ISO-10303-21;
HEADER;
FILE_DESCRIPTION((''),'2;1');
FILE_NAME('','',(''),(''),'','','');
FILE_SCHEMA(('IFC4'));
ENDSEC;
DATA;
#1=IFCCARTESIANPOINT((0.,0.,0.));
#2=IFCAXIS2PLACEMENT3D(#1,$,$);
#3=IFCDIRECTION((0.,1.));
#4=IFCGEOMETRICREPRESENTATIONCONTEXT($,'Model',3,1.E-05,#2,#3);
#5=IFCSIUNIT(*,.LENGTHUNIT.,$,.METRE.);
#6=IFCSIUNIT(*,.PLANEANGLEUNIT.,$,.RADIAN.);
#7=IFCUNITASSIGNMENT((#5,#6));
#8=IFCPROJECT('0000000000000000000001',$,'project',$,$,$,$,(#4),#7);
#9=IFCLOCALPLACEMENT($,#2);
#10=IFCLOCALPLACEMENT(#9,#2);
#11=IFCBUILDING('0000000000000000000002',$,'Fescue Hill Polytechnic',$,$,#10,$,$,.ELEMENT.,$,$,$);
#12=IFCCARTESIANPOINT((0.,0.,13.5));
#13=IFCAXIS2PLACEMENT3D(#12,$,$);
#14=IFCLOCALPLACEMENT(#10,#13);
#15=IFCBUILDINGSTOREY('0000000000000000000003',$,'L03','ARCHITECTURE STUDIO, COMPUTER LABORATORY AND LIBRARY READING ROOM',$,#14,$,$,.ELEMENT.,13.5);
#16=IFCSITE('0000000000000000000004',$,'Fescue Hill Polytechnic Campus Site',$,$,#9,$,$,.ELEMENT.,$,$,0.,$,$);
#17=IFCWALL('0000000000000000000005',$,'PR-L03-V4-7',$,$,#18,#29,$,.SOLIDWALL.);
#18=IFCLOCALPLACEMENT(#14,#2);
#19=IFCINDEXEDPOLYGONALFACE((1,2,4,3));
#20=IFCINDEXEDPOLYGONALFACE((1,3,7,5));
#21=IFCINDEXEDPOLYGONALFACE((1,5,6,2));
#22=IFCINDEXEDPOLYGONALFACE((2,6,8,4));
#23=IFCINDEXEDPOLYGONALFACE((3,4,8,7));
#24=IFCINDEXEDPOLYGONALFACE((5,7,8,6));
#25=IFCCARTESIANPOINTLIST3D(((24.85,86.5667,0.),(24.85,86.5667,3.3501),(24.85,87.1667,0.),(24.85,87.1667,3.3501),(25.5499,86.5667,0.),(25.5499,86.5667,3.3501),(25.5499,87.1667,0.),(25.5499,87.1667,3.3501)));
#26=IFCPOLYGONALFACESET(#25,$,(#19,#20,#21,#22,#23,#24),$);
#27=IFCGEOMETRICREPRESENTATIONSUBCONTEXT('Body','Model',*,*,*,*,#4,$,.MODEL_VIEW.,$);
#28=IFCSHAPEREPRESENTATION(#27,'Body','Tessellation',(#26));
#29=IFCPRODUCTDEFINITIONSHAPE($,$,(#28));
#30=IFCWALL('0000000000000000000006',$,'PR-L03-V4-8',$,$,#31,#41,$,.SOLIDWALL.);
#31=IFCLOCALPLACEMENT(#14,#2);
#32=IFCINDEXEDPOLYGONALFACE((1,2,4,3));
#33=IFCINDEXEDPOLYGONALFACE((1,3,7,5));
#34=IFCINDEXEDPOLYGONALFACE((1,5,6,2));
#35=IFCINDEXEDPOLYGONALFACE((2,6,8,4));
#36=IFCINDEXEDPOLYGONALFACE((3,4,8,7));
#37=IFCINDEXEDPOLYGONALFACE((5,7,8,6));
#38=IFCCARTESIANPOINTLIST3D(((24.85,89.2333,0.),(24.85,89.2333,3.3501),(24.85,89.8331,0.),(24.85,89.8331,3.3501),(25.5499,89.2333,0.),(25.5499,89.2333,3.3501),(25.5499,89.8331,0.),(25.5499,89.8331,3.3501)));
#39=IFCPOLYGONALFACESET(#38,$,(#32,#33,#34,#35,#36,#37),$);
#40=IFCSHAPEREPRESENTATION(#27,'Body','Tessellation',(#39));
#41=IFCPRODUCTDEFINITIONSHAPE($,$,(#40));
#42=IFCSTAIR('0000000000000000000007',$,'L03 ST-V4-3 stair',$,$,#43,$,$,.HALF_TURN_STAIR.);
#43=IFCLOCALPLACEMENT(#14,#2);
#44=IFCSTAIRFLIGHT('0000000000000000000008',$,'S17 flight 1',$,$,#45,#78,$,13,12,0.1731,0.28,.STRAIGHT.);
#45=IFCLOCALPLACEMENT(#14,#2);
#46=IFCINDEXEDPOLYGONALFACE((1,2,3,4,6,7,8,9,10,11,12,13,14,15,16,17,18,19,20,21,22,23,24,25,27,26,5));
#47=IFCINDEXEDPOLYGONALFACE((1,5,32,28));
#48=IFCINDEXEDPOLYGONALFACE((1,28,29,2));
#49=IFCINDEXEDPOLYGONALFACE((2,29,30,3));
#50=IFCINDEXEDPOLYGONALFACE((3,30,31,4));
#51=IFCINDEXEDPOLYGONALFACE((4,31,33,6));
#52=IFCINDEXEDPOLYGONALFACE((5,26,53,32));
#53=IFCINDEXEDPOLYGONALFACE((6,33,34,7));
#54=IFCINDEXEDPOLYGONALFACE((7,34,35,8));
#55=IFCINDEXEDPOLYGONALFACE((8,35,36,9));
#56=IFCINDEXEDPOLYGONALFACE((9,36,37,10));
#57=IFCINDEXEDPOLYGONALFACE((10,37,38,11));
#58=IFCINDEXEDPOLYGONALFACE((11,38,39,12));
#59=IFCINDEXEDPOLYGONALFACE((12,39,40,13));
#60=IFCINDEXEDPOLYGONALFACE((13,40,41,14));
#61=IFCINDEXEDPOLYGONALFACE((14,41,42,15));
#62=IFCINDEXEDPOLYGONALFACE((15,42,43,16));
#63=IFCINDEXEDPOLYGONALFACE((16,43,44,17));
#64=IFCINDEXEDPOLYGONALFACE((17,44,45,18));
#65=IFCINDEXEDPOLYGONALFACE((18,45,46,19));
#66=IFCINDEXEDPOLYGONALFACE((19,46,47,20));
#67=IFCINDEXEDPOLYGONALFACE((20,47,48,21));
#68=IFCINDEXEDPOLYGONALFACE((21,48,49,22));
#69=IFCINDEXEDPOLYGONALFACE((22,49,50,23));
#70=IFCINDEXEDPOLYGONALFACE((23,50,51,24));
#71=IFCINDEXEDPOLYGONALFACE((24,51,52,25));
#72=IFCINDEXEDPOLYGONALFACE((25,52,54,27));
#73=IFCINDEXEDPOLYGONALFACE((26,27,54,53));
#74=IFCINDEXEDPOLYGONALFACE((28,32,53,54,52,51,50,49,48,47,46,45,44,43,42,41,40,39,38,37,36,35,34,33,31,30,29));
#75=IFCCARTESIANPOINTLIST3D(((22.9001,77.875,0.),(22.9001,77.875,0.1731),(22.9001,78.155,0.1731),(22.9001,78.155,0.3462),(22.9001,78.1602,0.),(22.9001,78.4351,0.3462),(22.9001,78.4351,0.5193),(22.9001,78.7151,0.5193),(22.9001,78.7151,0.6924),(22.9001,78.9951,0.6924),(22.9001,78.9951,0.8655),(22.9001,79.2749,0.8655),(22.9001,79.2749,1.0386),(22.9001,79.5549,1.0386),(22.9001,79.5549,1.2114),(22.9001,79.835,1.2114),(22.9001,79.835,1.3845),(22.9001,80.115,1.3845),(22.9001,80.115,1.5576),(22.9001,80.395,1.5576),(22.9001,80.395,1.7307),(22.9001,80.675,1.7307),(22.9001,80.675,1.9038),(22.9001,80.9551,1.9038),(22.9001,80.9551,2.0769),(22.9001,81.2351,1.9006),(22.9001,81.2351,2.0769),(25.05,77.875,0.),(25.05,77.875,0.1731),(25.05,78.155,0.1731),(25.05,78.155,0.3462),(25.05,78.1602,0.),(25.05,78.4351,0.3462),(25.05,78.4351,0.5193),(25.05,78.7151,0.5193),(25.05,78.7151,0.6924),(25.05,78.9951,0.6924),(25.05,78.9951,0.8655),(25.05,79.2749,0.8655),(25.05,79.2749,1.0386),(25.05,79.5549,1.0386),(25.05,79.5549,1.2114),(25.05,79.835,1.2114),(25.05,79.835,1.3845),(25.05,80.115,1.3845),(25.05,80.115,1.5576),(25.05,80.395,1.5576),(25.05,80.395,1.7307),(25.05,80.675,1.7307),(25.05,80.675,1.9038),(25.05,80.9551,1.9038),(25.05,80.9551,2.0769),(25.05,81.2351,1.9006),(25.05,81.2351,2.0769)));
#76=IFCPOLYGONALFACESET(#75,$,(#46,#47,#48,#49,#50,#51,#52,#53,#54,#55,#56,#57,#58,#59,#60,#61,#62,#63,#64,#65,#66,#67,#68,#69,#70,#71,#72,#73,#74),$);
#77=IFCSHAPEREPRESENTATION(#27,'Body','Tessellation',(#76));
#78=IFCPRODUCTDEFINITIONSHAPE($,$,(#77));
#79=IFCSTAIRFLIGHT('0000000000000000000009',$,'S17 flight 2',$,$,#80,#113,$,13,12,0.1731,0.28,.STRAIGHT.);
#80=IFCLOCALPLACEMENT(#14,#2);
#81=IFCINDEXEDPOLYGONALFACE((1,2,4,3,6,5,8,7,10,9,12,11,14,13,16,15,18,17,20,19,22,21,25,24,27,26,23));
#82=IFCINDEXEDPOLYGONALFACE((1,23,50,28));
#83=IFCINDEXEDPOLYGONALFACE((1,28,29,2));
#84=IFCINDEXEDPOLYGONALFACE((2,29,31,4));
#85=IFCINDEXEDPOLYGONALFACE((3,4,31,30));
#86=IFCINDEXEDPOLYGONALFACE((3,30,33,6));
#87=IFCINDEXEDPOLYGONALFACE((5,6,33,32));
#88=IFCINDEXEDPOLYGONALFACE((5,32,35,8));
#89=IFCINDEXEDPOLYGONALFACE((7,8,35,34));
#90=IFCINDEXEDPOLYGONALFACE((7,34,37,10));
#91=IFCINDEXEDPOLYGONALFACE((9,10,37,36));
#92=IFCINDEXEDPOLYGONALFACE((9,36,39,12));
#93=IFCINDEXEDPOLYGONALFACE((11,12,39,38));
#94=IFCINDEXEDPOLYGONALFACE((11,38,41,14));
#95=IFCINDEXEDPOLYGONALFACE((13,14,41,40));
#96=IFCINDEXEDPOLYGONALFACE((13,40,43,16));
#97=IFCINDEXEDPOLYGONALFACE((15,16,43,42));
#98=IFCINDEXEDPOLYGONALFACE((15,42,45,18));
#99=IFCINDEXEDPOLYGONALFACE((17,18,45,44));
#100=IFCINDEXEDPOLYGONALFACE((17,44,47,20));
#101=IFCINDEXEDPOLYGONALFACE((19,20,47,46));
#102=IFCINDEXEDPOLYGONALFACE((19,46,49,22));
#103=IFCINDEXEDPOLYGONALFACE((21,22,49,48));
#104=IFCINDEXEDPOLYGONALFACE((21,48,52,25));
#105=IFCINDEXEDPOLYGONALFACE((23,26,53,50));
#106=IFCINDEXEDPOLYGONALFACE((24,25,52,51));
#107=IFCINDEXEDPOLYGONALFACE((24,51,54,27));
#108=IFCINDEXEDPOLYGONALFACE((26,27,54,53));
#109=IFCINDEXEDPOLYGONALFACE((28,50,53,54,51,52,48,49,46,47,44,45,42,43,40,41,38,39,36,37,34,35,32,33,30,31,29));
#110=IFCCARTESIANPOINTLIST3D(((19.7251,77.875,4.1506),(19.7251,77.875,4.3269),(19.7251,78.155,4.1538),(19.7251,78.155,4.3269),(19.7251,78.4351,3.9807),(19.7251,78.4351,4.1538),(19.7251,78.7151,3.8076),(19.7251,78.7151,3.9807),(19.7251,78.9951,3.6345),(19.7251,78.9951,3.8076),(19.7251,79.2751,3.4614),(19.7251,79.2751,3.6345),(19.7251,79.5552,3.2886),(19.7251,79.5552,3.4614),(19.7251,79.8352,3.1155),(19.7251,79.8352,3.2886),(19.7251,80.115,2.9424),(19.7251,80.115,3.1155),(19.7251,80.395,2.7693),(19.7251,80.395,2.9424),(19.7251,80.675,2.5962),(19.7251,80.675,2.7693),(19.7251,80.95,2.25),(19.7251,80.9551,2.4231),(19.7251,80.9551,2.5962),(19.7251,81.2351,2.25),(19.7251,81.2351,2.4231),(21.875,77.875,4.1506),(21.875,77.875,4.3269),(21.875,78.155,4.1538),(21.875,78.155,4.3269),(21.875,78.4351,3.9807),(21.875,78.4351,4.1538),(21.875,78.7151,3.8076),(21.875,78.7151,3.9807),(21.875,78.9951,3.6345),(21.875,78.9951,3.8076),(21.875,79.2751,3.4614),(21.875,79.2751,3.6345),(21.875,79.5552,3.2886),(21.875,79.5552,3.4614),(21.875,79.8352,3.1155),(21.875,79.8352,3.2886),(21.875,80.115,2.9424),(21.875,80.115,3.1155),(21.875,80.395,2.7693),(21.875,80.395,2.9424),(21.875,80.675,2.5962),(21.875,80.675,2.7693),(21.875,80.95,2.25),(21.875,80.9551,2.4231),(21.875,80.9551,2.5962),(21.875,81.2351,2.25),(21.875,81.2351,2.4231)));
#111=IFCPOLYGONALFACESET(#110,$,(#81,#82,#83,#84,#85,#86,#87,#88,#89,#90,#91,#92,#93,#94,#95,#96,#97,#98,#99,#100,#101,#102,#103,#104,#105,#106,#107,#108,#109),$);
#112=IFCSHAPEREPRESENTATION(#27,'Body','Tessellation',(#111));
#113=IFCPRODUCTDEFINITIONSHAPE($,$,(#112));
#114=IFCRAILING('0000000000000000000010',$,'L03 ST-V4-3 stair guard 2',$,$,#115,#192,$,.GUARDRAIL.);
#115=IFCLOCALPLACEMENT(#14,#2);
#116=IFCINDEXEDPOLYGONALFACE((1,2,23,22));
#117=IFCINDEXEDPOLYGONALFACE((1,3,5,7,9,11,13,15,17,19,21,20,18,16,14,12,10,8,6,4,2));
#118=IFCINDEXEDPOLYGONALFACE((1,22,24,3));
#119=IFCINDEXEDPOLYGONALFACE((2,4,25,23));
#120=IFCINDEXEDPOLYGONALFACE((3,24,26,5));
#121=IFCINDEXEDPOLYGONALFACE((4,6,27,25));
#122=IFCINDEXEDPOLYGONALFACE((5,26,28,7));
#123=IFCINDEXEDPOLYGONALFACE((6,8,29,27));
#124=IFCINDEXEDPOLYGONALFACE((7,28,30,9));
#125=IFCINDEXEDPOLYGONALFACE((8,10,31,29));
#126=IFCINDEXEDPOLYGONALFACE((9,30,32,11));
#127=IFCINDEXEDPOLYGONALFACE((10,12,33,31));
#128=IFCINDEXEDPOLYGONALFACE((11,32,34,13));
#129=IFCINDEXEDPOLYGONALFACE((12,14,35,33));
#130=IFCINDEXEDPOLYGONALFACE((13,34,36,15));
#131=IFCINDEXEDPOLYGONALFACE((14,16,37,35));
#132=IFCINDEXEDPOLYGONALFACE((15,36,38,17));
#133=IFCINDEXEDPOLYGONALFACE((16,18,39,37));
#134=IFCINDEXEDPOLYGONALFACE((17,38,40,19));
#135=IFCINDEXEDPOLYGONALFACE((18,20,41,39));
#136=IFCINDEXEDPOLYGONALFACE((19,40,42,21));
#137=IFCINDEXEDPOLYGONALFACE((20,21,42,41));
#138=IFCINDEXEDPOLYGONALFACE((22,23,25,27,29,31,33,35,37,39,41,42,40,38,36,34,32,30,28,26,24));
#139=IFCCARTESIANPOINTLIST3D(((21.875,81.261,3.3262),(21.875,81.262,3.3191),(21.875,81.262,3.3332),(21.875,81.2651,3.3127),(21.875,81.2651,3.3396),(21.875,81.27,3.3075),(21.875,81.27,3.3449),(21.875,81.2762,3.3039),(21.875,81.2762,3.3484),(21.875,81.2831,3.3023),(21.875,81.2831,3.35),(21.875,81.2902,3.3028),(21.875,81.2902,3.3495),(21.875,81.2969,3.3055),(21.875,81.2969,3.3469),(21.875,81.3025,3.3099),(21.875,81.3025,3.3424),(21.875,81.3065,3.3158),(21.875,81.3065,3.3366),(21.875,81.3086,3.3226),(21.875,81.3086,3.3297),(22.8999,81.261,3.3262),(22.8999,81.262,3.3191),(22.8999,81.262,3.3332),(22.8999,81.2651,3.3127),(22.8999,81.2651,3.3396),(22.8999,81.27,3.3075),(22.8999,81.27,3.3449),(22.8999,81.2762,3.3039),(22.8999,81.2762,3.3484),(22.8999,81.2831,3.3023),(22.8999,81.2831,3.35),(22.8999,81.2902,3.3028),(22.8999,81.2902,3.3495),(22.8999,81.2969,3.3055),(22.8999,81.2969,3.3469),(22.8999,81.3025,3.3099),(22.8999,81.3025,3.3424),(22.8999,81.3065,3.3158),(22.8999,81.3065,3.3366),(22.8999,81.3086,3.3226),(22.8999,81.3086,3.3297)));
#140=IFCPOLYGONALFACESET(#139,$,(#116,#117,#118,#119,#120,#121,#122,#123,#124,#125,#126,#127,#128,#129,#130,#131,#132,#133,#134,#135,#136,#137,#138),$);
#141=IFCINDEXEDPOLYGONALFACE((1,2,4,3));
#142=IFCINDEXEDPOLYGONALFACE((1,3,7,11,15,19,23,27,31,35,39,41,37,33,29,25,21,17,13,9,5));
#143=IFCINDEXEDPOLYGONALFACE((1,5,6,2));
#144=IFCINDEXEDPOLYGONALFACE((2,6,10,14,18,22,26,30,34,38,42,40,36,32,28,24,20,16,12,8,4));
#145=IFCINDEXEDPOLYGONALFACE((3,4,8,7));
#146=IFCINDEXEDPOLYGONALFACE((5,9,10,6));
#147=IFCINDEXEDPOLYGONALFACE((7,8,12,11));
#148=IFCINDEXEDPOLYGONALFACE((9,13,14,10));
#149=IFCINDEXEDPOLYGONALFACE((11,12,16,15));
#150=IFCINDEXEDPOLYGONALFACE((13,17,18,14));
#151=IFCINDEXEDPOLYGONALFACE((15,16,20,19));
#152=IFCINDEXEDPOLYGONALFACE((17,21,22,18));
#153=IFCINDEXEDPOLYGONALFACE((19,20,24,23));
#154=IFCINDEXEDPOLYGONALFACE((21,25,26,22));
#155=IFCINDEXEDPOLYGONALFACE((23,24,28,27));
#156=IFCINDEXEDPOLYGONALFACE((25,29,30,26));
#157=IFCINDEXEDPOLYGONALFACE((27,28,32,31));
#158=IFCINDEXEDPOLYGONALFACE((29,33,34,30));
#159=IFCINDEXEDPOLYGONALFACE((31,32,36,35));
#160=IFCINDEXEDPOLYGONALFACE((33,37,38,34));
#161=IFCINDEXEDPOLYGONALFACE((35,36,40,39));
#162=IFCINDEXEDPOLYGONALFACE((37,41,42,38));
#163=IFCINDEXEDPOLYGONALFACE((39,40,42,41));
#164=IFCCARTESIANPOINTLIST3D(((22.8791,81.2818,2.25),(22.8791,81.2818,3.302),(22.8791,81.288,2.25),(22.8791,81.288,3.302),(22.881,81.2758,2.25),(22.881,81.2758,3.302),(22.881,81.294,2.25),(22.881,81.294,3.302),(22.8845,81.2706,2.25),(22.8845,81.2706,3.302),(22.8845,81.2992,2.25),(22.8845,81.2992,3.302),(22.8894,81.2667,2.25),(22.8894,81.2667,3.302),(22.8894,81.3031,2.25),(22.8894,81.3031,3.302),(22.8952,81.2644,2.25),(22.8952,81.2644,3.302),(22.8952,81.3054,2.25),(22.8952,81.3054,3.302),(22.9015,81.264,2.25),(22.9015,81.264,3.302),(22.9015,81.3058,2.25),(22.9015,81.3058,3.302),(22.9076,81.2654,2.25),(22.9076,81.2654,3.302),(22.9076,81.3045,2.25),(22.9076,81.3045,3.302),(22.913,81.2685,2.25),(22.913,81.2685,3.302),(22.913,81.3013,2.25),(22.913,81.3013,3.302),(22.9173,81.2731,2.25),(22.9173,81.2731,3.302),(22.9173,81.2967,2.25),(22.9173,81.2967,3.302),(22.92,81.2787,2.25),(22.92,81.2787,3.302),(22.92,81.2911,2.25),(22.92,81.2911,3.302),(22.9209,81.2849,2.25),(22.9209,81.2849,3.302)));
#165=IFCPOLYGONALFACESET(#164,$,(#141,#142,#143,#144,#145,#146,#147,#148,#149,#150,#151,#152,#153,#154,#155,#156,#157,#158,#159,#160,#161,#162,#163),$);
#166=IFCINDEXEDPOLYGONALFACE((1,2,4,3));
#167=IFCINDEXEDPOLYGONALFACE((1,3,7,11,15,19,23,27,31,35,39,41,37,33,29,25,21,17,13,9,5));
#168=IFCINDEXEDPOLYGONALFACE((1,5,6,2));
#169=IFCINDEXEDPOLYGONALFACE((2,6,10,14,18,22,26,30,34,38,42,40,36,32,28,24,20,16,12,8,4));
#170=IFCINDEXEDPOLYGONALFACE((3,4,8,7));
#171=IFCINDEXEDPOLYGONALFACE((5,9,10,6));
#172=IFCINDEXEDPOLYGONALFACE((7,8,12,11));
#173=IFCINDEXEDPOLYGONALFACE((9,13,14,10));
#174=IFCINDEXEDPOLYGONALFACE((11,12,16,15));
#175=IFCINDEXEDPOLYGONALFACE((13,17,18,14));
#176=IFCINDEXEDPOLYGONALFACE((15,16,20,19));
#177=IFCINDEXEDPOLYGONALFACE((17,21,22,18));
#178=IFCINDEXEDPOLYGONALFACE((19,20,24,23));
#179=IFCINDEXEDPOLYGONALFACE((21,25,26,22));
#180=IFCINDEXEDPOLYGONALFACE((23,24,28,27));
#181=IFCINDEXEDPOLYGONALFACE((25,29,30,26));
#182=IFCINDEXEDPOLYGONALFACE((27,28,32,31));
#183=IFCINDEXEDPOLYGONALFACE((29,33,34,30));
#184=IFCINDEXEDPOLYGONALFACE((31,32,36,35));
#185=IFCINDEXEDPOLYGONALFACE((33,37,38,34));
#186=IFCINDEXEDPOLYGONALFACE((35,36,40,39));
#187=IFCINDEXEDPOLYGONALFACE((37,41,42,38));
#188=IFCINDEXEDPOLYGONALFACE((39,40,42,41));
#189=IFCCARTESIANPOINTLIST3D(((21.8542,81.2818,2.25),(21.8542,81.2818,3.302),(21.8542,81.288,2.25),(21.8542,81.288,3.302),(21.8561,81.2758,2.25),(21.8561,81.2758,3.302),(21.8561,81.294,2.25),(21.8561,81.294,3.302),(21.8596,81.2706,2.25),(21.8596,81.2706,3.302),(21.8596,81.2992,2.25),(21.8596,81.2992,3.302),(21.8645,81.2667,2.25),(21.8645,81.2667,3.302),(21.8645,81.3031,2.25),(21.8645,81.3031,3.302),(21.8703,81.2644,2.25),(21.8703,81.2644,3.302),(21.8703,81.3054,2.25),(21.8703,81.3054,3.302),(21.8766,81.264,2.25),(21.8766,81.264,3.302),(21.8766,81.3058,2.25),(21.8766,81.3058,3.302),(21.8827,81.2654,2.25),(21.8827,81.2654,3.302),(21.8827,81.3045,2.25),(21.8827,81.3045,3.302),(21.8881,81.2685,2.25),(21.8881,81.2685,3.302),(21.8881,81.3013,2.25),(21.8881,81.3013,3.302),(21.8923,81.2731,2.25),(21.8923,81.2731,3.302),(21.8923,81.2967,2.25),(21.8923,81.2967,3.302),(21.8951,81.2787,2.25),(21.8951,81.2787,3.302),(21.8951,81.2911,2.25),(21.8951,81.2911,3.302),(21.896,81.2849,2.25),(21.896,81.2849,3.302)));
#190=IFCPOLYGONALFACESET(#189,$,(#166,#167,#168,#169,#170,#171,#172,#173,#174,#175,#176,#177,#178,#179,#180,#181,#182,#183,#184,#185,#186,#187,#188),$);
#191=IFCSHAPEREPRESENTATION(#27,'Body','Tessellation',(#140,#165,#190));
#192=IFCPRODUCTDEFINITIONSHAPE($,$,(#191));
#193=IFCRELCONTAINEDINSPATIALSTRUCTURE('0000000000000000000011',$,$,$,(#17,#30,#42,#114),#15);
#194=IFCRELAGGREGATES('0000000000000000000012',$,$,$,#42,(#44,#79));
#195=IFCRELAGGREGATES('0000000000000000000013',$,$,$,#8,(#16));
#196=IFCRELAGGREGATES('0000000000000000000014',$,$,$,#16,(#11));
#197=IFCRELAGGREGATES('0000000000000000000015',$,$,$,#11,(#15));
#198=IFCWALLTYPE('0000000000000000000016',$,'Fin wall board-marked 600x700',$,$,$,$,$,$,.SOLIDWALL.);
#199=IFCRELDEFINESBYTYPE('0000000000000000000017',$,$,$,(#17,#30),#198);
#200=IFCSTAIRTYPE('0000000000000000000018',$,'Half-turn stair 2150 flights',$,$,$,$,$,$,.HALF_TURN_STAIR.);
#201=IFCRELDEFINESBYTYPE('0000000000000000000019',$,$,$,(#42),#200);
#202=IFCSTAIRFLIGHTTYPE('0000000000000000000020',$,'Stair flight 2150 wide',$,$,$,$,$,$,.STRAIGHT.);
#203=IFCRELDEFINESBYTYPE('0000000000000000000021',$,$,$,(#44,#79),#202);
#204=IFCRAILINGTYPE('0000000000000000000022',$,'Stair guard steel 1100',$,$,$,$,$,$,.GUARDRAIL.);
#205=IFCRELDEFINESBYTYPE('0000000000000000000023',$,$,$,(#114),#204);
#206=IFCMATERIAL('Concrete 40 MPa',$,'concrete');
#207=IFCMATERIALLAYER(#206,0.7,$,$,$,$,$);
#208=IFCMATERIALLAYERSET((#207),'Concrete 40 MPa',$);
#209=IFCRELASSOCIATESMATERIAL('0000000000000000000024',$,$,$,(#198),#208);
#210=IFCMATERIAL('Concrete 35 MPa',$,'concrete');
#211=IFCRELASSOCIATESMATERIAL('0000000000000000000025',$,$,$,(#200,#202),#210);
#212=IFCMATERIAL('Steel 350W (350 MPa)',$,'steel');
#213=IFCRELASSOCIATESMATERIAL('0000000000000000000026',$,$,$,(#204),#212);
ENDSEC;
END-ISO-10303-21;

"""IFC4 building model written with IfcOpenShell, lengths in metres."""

from ifc_helpers import new_model, si_unit, direction, frame, frame_2d, origin, origin_2d, place, context, subcontext, project, spatial, polyline, rectangle, circle, outline, extrude, material, layer, layer_set, type_object, element, aggregate, save


model = new_model("IFC4")

# Units and contexts
model_context = context("Model", 3, precision=1e-05, world=origin(), true_north=direction((0.0, 1.0)))
body_context = subcontext(model_context, "Body", "Model", "MODEL_VIEW")
ifc_project = project(units=[si_unit("LENGTHUNIT", "METRE"), si_unit("PLANEANGLEUNIT", "RADIAN")], contexts=[model_context])

# Site, building, storey
site_placement = place(None, origin())
site = spatial("IfcSite", under=ifc_project, at=site_placement, Name="Fescue Hill Polytechnic Campus Site", CompositionType="ELEMENT", RefElevation=0.0)
building_placement = place(site_placement, origin())
building = spatial("IfcBuilding", under=site, at=building_placement, Name="Fescue Hill Polytechnic", CompositionType="ELEMENT")
storey_placement = place(building_placement, frame((0.0, 0.0, 13.5)))
storey = spatial("IfcBuildingStorey", under=building, at=storey_placement, Name="L03", Description="ARCHITECTURE STUDIO, COMPUTER LABORATORY AND LIBRARY READING ROOM", CompositionType="ELEMENT", Elevation=13.5)

# Shared definitions
ifc_material_1 = material(Name="Concrete 40 MPa", Category="concrete")

# Shared definitions
ifc_material_2 = material(Name="Concrete 35 MPa", Category="concrete")

# Walls
ifc_layer_1 = layer(ifc_material_1, 0.7)
ifc_layer_set_1 = layer_set([ifc_layer_1], Name="Concrete 40 MPa")
wall_type_1 = type_object("IfcWallType", Name="Fin wall board-marked 600x700", PredefinedType="SOLIDWALL", material=ifc_layer_set_1)
wall_1_placement = place(storey_placement, frame((25.2, 86.5667, 0.0), z_axis=(0.0, 0.0, 1.0), x_axis=(0.0, 1.0, 0.0)))
element("IfcWall", 1, at=wall_1_placement, inside=storey, type_object=wall_type_1, Name="PR-L03-V4-7", PredefinedType="SOLIDWALL", context=body_context, shape_type="SweptSolid", body=[
    extrude(rectangle(XDim=0.6001, YDim=0.7, at=frame_2d((0.3, 0.0))), origin(), (0.0, 0.0, 1.0), 3.3501),
])
wall_2_placement = place(storey_placement, frame((25.2, 89.2334, 0.0), z_axis=(0.0, 0.0, 1.0), x_axis=(0.0, 1.0, 0.0)))
element("IfcWall", 2, at=wall_2_placement, inside=storey, type_object=wall_type_1, Name="PR-L03-V4-8", PredefinedType="SOLIDWALL", context=body_context, shape_type="SweptSolid", body=[
    extrude(rectangle(XDim=0.5999, YDim=0.7, at=frame_2d((0.2998, 0.0))), origin(), (0.0, 0.0, 1.0), 3.3501),
])

# Stair, stair flights
stair_type = type_object("IfcStairType", Name="Half-turn stair 2150 flights", PredefinedType="HALF_TURN_STAIR", material=ifc_material_2)
stair_placement = place(storey_placement, origin())
stair = element("IfcStair", 3, at=stair_placement, inside=storey, type_object=stair_type, Name="L03 ST-V4-3 stair", PredefinedType="HALF_TURN_STAIR")
stair_flight_type = type_object("IfcStairFlightType", Name="Stair flight 2150 wide", PredefinedType="STRAIGHT", material=ifc_material_2)
stair_flight_1_placement = place(storey_placement, frame((23.9751, 77.875, 0.0), z_axis=(0.0, 0.0, 1.0), x_axis=(0.0, 1.0, 0.0)))
stair_flight_1 = element("IfcStairFlight", 4, at=stair_flight_1_placement, type_object=stair_flight_type, Name="S17 flight 1", NumberOfRisers=13, NumberOfTreads=12, PredefinedType="STRAIGHT", RiserHeight=0.1731, TreadLength=0.28, context=body_context, shape_type="SweptSolid", body=[
    extrude(outline(polyline([(0.0, 0.0), (0.0, 0.1731), (0.28, 0.1731), (0.28, 0.3462), (0.5601, 0.3462), (0.5601, 0.5193), (0.8401, 0.5193), (0.8401, 0.6924), (1.1201, 0.6924), (1.1201, 0.8655), (1.3999, 0.8655), (1.3999, 1.0386), (1.6799, 1.0386), (1.6799, 1.2114), (1.96, 1.2114), (1.96, 1.3845), (2.24, 1.3845), (2.24, 1.5576), (2.52, 1.5576), (2.52, 1.7307), (2.8, 1.7307), (2.8, 1.9038), (3.0801, 1.9038), (3.0801, 2.0769), (3.3601, 2.0769), (3.3601, 2.25), (3.3601, 1.9006), (0.2852, 0.0), (0.0, 0.0)])), frame((0.0, 1.075, 0.0), z_axis=(0.0, -1.0, 0.0), x_axis=(1.0, 0.0, 0.0)), (0.0, 0.0, 1.0), 2.1499),
])
stair_flight_2_placement = place(storey_placement, frame((20.8, 81.2351, 2.25), z_axis=(0.0, 0.0, 1.0), x_axis=(0.0, -1.0, 0.0)))
stair_flight_2 = element("IfcStairFlight", 5, at=stair_flight_2_placement, type_object=stair_flight_type, Name="S17 flight 2", NumberOfRisers=13, NumberOfTreads=12, PredefinedType="STRAIGHT", RiserHeight=0.1731, TreadLength=0.28, context=body_context, shape_type="SweptSolid", body=[
    extrude(outline(polyline([(0.0, 0.0), (0.0, 0.1731), (0.28, 0.1731), (0.28, 0.3462), (0.5601, 0.3462), (0.5601, 0.5193), (0.8401, 0.5193), (0.8401, 0.6924), (1.1201, 0.6924), (1.1201, 0.8655), (1.3999, 0.8655), (1.3999, 1.0386), (1.6799, 1.0386), (1.6799, 1.2114), (1.96, 1.2114), (1.96, 1.3845), (2.24, 1.3845), (2.24, 1.5576), (2.52, 1.5576), (2.52, 1.7307), (2.8, 1.7307), (2.8, 1.9038), (3.0801, 1.9038), (3.0801, 2.0769), (3.3601, 2.0769), (3.3601, 2.25), (3.3601, 1.9006), (0.2852, 0.0), (0.0, 0.0)])), frame((0.0, 1.075, 0.0), z_axis=(0.0, -1.0, 0.0), x_axis=(1.0, 0.0, 0.0)), (0.0, 0.0, 1.0), 2.1499),
])
aggregate(stair, [stair_flight_1, stair_flight_2])

# Railing
ifc_material_3 = material(Name="Steel 350W (350 MPa)", Category="steel")
railing_type_1 = type_object("IfcRailingType", Name="Stair guard steel 1100", PredefinedType="GUARDRAIL", material=ifc_material_3)
railing_1_placement = place(storey_placement, frame((22.8999, 81.2849, 2.25)))
element("IfcRailing", 6, at=railing_1_placement, inside=storey, type_object=railing_type_1, Name="L03 ST-V4-3 stair guard 2", PredefinedType="GUARDRAIL", context=body_context, shape_type="SweptSolid", body=[
    extrude(circle(Radius=0.0239, at=origin_2d()), frame((0.0, 0.0, 1.0762), z_axis=(-1.0, 0.0, 0.0), x_axis=(0.0, -1.0, 0.0)), (0.0, 0.0, 1.0), 1.0249),
    extrude(circle(Radius=0.021, at=origin_2d()), origin(), (0.0, 0.0, 1.0), 1.052),
    extrude(circle(Radius=0.021, at=origin_2d()), frame((-1.0249, 0.0, 0.0)), (0.0, 0.0, 1.0), 1.052),
])

save(model, "model.ifc")
